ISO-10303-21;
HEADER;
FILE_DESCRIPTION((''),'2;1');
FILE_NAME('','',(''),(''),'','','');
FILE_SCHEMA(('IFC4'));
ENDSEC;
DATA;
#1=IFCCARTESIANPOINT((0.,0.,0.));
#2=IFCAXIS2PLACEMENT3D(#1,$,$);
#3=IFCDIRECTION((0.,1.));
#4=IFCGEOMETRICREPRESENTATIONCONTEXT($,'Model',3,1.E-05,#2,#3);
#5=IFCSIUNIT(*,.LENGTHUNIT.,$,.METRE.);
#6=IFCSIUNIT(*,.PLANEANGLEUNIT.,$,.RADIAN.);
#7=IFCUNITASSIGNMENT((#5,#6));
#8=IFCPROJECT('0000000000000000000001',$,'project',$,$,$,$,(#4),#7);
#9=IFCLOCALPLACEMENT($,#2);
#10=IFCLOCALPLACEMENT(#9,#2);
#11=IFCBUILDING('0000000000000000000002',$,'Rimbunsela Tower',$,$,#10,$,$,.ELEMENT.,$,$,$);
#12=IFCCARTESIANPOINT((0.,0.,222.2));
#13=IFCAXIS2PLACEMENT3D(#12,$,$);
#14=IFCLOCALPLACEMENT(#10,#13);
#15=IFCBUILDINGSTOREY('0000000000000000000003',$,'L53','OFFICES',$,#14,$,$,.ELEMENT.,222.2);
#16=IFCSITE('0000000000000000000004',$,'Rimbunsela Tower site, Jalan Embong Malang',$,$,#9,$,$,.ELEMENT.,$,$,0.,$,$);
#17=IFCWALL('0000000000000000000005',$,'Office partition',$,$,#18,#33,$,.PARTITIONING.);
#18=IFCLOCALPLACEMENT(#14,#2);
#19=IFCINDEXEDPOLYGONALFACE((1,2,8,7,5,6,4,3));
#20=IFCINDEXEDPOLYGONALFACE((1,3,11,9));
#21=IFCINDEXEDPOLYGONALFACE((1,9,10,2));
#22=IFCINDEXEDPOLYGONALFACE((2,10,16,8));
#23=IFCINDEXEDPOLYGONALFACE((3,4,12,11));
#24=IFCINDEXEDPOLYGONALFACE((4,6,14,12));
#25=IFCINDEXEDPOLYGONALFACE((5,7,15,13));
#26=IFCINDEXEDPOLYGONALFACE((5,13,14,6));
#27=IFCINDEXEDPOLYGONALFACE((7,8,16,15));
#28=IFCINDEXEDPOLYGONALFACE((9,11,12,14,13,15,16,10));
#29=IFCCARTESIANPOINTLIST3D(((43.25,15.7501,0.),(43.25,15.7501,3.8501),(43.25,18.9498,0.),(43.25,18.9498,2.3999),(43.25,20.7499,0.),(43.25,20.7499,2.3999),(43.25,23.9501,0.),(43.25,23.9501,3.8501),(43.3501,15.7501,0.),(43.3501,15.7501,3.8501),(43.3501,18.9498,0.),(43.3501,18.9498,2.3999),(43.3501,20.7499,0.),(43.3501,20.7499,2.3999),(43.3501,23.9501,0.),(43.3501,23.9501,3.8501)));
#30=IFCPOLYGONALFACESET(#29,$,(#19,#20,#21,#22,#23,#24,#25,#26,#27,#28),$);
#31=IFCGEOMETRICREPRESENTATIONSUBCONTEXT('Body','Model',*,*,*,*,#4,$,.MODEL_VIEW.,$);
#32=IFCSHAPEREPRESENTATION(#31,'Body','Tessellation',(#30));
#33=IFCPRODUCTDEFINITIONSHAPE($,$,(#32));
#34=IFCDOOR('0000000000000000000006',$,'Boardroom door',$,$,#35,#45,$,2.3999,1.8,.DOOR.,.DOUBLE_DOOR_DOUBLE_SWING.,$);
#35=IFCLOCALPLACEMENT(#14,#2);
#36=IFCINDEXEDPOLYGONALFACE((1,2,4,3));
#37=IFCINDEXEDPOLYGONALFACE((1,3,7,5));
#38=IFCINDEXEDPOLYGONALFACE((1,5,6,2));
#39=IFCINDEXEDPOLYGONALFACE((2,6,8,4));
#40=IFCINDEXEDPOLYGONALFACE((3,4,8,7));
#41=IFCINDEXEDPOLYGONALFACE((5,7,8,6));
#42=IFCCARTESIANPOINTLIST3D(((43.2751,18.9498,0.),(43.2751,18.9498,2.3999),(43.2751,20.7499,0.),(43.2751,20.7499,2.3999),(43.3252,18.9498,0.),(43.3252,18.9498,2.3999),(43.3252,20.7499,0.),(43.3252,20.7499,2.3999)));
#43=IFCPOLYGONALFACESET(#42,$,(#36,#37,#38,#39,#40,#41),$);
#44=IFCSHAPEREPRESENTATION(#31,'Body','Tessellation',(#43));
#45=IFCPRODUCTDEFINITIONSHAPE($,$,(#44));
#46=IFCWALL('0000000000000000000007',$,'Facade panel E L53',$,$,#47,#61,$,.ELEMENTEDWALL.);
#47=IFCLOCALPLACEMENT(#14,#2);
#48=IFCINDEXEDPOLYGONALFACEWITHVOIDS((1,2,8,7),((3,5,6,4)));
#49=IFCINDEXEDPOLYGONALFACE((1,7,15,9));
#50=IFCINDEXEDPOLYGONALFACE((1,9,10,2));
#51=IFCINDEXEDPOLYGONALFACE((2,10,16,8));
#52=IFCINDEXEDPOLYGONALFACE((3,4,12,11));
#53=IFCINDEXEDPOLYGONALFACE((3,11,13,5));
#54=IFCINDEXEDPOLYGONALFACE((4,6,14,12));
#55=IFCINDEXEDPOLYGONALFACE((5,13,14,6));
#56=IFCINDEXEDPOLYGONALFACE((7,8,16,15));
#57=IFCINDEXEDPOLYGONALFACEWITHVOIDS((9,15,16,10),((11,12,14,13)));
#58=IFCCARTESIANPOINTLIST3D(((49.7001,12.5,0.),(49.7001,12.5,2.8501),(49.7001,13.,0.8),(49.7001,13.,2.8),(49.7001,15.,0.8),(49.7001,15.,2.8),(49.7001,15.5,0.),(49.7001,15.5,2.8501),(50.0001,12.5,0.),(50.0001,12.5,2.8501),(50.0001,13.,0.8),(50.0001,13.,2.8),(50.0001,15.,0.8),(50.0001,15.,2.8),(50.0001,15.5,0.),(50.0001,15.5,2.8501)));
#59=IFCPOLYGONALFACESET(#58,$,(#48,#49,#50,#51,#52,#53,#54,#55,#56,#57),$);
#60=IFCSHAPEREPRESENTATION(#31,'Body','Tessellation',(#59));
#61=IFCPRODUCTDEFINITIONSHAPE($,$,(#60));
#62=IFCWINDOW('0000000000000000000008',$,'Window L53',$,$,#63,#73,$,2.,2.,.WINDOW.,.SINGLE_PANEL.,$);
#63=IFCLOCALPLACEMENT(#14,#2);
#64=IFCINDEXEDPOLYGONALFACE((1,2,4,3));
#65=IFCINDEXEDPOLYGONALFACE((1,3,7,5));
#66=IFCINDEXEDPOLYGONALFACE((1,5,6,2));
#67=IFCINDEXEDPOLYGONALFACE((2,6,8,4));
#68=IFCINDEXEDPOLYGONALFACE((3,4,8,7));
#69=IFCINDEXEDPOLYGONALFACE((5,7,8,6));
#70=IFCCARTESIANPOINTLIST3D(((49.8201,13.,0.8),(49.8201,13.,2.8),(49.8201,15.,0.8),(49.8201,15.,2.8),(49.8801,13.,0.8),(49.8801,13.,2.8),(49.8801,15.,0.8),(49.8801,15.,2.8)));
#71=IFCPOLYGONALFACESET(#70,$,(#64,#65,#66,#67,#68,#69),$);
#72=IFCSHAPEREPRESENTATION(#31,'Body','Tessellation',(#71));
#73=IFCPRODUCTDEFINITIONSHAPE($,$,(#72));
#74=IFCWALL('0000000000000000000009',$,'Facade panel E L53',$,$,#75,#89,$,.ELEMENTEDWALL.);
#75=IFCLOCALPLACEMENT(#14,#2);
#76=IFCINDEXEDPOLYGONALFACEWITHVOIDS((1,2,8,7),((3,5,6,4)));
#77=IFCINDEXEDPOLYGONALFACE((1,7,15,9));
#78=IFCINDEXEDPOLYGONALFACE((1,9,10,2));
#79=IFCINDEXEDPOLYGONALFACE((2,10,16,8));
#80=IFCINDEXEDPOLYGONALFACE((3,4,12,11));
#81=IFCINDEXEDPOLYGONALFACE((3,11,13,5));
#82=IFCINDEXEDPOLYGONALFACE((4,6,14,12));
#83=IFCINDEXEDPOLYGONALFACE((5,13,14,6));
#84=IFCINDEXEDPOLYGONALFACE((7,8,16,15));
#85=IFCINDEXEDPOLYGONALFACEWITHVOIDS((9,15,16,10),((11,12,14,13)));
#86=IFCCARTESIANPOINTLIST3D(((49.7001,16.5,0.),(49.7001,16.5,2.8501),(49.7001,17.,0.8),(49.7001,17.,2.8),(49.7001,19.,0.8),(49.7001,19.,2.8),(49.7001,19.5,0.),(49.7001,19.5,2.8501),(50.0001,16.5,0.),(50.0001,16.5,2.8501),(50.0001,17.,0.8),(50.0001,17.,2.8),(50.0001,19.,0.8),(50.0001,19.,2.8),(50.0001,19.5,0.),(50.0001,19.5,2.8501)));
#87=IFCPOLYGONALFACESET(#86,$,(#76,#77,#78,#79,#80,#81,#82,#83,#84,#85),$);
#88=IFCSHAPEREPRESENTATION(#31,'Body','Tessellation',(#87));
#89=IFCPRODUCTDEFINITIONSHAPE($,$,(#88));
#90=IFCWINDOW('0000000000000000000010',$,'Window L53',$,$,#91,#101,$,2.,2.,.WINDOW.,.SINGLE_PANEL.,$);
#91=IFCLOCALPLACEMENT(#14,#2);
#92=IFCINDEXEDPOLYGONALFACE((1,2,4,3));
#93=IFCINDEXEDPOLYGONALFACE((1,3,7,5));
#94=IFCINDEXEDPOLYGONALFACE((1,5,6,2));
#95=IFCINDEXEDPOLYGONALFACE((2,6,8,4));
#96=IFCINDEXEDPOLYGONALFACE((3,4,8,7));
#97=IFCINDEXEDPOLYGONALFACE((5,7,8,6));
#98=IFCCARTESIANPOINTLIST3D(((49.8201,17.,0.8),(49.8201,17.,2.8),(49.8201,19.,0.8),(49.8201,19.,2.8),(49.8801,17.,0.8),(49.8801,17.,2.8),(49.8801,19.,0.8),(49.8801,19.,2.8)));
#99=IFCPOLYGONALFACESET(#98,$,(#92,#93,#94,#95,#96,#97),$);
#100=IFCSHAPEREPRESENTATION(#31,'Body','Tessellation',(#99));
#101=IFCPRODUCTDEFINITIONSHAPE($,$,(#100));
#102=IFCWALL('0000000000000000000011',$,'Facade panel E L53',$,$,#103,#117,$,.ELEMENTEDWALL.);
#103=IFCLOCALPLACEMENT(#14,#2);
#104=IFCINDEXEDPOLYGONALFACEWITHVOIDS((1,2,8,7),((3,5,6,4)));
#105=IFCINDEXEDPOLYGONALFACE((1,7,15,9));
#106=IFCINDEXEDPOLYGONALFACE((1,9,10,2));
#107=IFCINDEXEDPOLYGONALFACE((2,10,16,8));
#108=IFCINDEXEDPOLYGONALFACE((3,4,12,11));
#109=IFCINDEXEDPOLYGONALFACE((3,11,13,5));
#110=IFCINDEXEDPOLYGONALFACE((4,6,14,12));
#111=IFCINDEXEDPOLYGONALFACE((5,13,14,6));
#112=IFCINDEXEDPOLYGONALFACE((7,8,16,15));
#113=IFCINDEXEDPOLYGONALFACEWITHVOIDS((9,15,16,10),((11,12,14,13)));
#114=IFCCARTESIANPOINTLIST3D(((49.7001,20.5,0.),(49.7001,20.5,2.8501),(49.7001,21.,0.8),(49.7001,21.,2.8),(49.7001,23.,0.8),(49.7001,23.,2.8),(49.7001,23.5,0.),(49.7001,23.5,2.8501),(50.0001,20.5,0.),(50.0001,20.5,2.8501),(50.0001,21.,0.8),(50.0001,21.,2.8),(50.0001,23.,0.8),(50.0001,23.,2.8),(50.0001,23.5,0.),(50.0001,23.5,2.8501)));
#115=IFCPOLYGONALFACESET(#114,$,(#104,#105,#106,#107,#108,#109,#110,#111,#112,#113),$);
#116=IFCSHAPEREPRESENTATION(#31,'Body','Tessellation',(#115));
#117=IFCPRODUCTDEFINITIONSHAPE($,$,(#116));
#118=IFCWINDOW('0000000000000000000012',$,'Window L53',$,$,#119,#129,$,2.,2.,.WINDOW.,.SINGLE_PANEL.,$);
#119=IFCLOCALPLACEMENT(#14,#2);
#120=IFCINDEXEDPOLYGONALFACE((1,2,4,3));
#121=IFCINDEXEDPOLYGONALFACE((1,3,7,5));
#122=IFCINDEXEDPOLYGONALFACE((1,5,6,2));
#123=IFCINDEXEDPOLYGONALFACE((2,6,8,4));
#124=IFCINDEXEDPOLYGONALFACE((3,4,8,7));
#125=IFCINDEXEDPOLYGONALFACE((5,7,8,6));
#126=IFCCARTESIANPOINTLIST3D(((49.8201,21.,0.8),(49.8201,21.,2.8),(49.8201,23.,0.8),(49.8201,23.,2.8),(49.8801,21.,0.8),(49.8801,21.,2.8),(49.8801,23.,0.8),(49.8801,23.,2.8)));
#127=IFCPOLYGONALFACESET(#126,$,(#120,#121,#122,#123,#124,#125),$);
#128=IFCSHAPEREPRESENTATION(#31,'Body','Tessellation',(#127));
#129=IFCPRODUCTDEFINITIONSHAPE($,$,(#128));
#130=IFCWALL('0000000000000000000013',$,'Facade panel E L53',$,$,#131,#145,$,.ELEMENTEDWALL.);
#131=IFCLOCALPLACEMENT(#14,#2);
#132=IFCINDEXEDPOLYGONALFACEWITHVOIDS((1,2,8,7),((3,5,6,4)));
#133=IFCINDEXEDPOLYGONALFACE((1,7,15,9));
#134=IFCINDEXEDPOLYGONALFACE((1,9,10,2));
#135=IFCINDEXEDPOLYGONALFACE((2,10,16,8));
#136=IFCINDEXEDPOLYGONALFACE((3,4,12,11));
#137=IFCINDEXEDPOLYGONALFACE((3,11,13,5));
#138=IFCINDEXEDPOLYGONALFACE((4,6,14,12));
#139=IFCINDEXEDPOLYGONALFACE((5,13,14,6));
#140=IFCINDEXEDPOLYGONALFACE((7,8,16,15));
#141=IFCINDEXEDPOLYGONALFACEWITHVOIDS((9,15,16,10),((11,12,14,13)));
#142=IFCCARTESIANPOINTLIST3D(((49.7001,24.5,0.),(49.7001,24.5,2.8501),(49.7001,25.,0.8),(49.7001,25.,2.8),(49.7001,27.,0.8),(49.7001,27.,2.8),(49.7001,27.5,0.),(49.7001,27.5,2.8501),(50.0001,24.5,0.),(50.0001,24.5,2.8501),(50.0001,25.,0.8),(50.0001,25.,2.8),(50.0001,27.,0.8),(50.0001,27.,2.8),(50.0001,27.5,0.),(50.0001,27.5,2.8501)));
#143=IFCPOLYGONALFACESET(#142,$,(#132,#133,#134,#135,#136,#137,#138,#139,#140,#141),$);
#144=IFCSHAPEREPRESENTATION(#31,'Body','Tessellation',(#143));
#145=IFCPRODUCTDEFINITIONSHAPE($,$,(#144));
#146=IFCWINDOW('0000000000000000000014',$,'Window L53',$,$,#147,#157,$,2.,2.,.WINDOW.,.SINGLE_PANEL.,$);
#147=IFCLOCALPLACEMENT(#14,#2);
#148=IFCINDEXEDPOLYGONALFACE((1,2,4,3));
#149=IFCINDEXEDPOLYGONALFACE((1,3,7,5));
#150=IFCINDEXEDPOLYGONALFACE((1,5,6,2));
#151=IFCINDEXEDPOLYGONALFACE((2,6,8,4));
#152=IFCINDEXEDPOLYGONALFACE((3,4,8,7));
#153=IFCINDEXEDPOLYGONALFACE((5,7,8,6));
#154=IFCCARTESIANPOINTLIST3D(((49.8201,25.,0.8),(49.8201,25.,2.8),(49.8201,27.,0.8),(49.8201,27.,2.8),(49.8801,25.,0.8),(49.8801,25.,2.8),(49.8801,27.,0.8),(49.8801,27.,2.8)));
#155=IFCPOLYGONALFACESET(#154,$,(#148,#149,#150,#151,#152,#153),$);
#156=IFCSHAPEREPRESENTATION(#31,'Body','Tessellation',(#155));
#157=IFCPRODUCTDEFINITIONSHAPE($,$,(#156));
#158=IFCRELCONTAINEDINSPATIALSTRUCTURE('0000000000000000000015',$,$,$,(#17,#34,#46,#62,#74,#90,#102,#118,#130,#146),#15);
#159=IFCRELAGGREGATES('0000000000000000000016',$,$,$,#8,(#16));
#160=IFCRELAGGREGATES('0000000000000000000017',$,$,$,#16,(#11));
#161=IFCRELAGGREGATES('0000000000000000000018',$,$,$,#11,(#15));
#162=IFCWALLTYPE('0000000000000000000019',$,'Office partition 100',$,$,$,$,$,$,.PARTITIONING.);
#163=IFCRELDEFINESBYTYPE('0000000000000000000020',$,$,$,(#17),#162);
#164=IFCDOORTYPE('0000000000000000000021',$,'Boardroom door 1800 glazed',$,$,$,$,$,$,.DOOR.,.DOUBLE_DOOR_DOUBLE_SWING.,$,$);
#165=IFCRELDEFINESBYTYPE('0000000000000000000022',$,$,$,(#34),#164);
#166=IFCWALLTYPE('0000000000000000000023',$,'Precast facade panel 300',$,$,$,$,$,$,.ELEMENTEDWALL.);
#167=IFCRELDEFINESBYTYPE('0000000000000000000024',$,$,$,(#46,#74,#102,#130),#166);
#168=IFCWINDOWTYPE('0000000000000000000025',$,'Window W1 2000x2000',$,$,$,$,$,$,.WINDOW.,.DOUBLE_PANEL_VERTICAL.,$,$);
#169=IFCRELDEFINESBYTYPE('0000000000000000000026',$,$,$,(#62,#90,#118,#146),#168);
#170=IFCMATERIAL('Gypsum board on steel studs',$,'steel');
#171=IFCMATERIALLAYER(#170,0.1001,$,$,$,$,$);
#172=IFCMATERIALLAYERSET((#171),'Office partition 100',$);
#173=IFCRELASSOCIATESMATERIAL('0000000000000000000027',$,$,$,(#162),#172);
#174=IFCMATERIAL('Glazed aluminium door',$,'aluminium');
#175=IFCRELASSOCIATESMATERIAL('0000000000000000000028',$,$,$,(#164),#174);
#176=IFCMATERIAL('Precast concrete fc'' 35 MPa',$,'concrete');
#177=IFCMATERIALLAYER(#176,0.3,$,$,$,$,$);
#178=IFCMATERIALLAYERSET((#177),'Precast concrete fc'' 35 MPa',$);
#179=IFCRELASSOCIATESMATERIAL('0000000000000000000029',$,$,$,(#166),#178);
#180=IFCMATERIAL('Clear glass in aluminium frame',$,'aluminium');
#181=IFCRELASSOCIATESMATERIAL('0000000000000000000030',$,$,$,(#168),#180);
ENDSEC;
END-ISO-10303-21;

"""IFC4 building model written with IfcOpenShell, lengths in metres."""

from ifc_helpers import new_model, si_unit, direction, frame, frame_2d, origin, place, context, subcontext, project, spatial, rectangle, extrude, material, layer, layer_set, type_object, element, fill, save


model = new_model("IFC4")

# Units and contexts
model_context = context("Model", 3, precision=1e-05, world=origin(), true_north=direction((0.0, 1.0)))
body_context = subcontext(model_context, "Body", "Model", "MODEL_VIEW")
ifc_project = project(units=[si_unit("LENGTHUNIT", "METRE"), si_unit("PLANEANGLEUNIT", "RADIAN")], contexts=[model_context])

# Site, building, storey
site_placement = place(None, origin())
site = spatial("IfcSite", under=ifc_project, at=site_placement, Name="Rimbunsela Tower site, Jalan Embong Malang", CompositionType="ELEMENT", RefElevation=0.0)
building_placement = place(site_placement, origin())
building = spatial("IfcBuilding", under=site, at=building_placement, Name="Rimbunsela Tower", CompositionType="ELEMENT")
storey_placement = place(building_placement, frame((0.0, 0.0, 222.2)))
storey = spatial("IfcBuildingStorey", under=building, at=storey_placement, Name="L53", Description="OFFICES", CompositionType="ELEMENT", Elevation=222.2)

# Shared definitions
ifc_material_1 = material(Name="Gypsum board on steel studs", Category="steel")
ifc_layer_1 = layer(ifc_material_1, 0.1001)
ifc_layer_set_1 = layer_set([ifc_layer_1], Name="Office partition 100")
wall_type_1 = type_object("IfcWallType", Name="Office partition 100", PredefinedType="PARTITIONING", material=ifc_layer_set_1)

# Wall, opening, door
wall_1_placement = place(storey_placement, frame((43.3, 15.75, 0.0), z_axis=(0.0, 0.0, 1.0), x_axis=(0.0, 1.0, 0.0)))
wall_1 = element("IfcWall", 1, at=wall_1_placement, inside=storey, type_object=wall_type_1, Name="Office partition", PredefinedType="PARTITIONING", context=body_context, shape_type="SweptSolid", body=[
    extrude(rectangle(XDim=8.2, YDim=0.1001, at=frame_2d((4.1001, 0.0))), origin(), (0.0, 0.0, 1.0), 3.8501),
])
opening_1_placement = place(wall_1_placement, frame((3.2, 0.0, 0.0)))
opening_1 = element("IfcOpeningElement", 2, at=opening_1_placement, cuts=wall_1, PredefinedType="OPENING", context=body_context, shape_type="SweptSolid", body=[
    extrude(rectangle(XDim=1.8, YDim=2.3999, at=frame_2d((0.8999, 1.2))), frame((0.0, 0.0601, 0.0), z_axis=(0.0, -1.0, 0.0), x_axis=(1.0, 0.0, 0.0)), (0.0, 0.0, 1.0), 0.1201),
])
ifc_material_2 = material(Name="Glazed aluminium door", Category="aluminium")
door_type_1 = type_object("IfcDoorType", Name="Boardroom door 1800 glazed", OperationType="DOUBLE_DOOR_DOUBLE_SWING", PredefinedType="DOOR", material=ifc_material_2)
door_1_placement = place(opening_1_placement, origin())
door_1 = element("IfcDoor", 3, at=door_1_placement, inside=storey, type_object=door_type_1, Name="Boardroom door", OperationType="DOUBLE_DOOR_DOUBLE_SWING", OverallHeight=2.3999, OverallWidth=1.8, PredefinedType="DOOR", context=body_context, shape_type="SweptSolid", body=[
    extrude(rectangle(XDim=1.8, YDim=2.3999, at=frame_2d((0.8999, 1.2))), frame((0.0, 0.0249, 0.0), z_axis=(0.0, -1.0, 0.0), x_axis=(1.0, 0.0, 0.0)), (0.0, 0.0, 1.0), 0.05),
])
fill(opening_1, door_1)

# Walls, openings, windows
ifc_material_3 = material(Name="Precast concrete fc' 35 MPa", Category="concrete")
ifc_layer_2 = layer(ifc_material_3, 0.3)
ifc_layer_set_2 = layer_set([ifc_layer_2], Name="Precast concrete fc' 35 MPa")
wall_type_2 = type_object("IfcWallType", Name="Precast facade panel 300", PredefinedType="ELEMENTEDWALL", material=ifc_layer_set_2)
wall_2_placement = place(storey_placement, frame((49.8501, 12.5, 0.0), z_axis=(0.0, 0.0, 1.0), x_axis=(0.0, 1.0, 0.0)))
wall_2 = element("IfcWall", 4, at=wall_2_placement, inside=storey, type_object=wall_type_2, Name="Facade panel E L53", PredefinedType="ELEMENTEDWALL", context=body_context, shape_type="SweptSolid", body=[
    extrude(rectangle(XDim=3.0, YDim=0.3, at=frame_2d((1.5, 0.0))), origin(), (0.0, 0.0, 1.0), 2.8501),
])
opening_2_placement = place(wall_2_placement, frame((0.5, 0.0, 0.8)))
opening_2 = element("IfcOpeningElement", 5, at=opening_2_placement, cuts=wall_2, PredefinedType="OPENING", context=body_context, shape_type="SweptSolid", body=[
    extrude(rectangle(XDim=2.0, YDim=2.0, at=frame_2d((1.0, 1.0))), frame((0.0, 0.1599, 0.0), z_axis=(0.0, -1.0, 0.0), x_axis=(1.0, 0.0, 0.0)), (0.0, 0.0, 1.0), 0.3201),
])
ifc_material_4 = material(Name="Clear glass in aluminium frame", Category="aluminium")
window_type = type_object("IfcWindowType", Name="Window W1 2000x2000", PartitioningType="DOUBLE_PANEL_VERTICAL", PredefinedType="WINDOW", material=ifc_material_4)
window_1_placement = place(opening_2_placement, origin())
window_1 = element("IfcWindow", 6, at=window_1_placement, inside=storey, type_object=window_type, Name="Window L53", OverallHeight=2.0, OverallWidth=2.0, PartitioningType="SINGLE_PANEL", PredefinedType="WINDOW", context=body_context, shape_type="SweptSolid", body=[
    extrude(rectangle(XDim=2.0, YDim=2.0, at=frame_2d((1.0, 1.0))), frame((0.0, 0.03, 0.0), z_axis=(0.0, -1.0, 0.0), x_axis=(1.0, 0.0, 0.0)), (0.0, 0.0, 1.0), 0.0601),
])
fill(opening_2, window_1)
wall_3_placement = place(storey_placement, frame((49.8501, 16.5, 0.0), z_axis=(0.0, 0.0, 1.0), x_axis=(0.0, 1.0, 0.0)))
wall_3 = element("IfcWall", 7, at=wall_3_placement, inside=storey, type_object=wall_type_2, Name="Facade panel E L53", PredefinedType="ELEMENTEDWALL", context=body_context, shape_type="SweptSolid", body=[
    extrude(rectangle(XDim=3.0, YDim=0.3, at=frame_2d((1.5, 0.0))), origin(), (0.0, 0.0, 1.0), 2.8501),
])
opening_3_placement = place(wall_3_placement, frame((0.5, 0.0, 0.8)))
opening_3 = element("IfcOpeningElement", 8, at=opening_3_placement, cuts=wall_3, PredefinedType="OPENING", context=body_context, shape_type="SweptSolid", body=[
    extrude(rectangle(XDim=2.0, YDim=2.0, at=frame_2d((1.0, 1.0))), frame((0.0, 0.1599, 0.0), z_axis=(0.0, -1.0, 0.0), x_axis=(1.0, 0.0, 0.0)), (0.0, 0.0, 1.0), 0.3201),
])
window_2_placement = place(opening_3_placement, origin())
window_2 = element("IfcWindow", 9, at=window_2_placement, inside=storey, type_object=window_type, Name="Window L53", OverallHeight=2.0, OverallWidth=2.0, PartitioningType="SINGLE_PANEL", PredefinedType="WINDOW", context=body_context, shape_type="SweptSolid", body=[
    extrude(rectangle(XDim=2.0, YDim=2.0, at=frame_2d((1.0, 1.0))), frame((0.0, 0.03, 0.0), z_axis=(0.0, -1.0, 0.0), x_axis=(1.0, 0.0, 0.0)), (0.0, 0.0, 1.0), 0.0601),
])
fill(opening_3, window_2)
wall_4_placement = place(storey_placement, frame((49.8501, 20.5, 0.0), z_axis=(0.0, 0.0, 1.0), x_axis=(0.0, 1.0, 0.0)))
wall_4 = element("IfcWall", 10, at=wall_4_placement, inside=storey, type_object=wall_type_2, Name="Facade panel E L53", PredefinedType="ELEMENTEDWALL", context=body_context, shape_type="SweptSolid", body=[
    extrude(rectangle(XDim=3.0, YDim=0.3, at=frame_2d((1.5, 0.0))), origin(), (0.0, 0.0, 1.0), 2.8501),
])
opening_4_placement = place(wall_4_placement, frame((0.5, 0.0, 0.8)))
opening_4 = element("IfcOpeningElement", 11, at=opening_4_placement, cuts=wall_4, PredefinedType="OPENING", context=body_context, shape_type="SweptSolid", body=[
    extrude(rectangle(XDim=2.0, YDim=2.0, at=frame_2d((1.0, 1.0))), frame((0.0, 0.1599, 0.0), z_axis=(0.0, -1.0, 0.0), x_axis=(1.0, 0.0, 0.0)), (0.0, 0.0, 1.0), 0.3201),
])
window_3_placement = place(opening_4_placement, origin())
window_3 = element("IfcWindow", 12, at=window_3_placement, inside=storey, type_object=window_type, Name="Window L53", OverallHeight=2.0, OverallWidth=2.0, PartitioningType="SINGLE_PANEL", PredefinedType="WINDOW", context=body_context, shape_type="SweptSolid", body=[
    extrude(rectangle(XDim=2.0, YDim=2.0, at=frame_2d((1.0, 1.0))), frame((0.0, 0.03, 0.0), z_axis=(0.0, -1.0, 0.0), x_axis=(1.0, 0.0, 0.0)), (0.0, 0.0, 1.0), 0.0601),
])
fill(opening_4, window_3)
wall_5_placement = place(storey_placement, frame((49.8501, 24.5, 0.0), z_axis=(0.0, 0.0, 1.0), x_axis=(0.0, 1.0, 0.0)))
wall_5 = element("IfcWall", 13, at=wall_5_placement, inside=storey, type_object=wall_type_2, Name="Facade panel E L53", PredefinedType="ELEMENTEDWALL", context=body_context, shape_type="SweptSolid", body=[
    extrude(rectangle(XDim=3.0, YDim=0.3, at=frame_2d((1.5, 0.0))), origin(), (0.0, 0.0, 1.0), 2.8501),
])
opening_5_placement = place(wall_5_placement, frame((0.5, 0.0, 0.8)))
opening_5 = element("IfcOpeningElement", 14, at=opening_5_placement, cuts=wall_5, PredefinedType="OPENING", context=body_context, shape_type="SweptSolid", body=[
    extrude(rectangle(XDim=2.0, YDim=2.0, at=frame_2d((1.0, 1.0))), frame((0.0, 0.1599, 0.0), z_axis=(0.0, -1.0, 0.0), x_axis=(1.0, 0.0, 0.0)), (0.0, 0.0, 1.0), 0.3201),
])
window_4_placement = place(opening_5_placement, origin())
window_4 = element("IfcWindow", 15, at=window_4_placement, inside=storey, type_object=window_type, Name="Window L53", OverallHeight=2.0, OverallWidth=2.0, PartitioningType="SINGLE_PANEL", PredefinedType="WINDOW", context=body_context, shape_type="SweptSolid", body=[
    extrude(rectangle(XDim=2.0, YDim=2.0, at=frame_2d((1.0, 1.0))), frame((0.0, 0.03, 0.0), z_axis=(0.0, -1.0, 0.0), x_axis=(1.0, 0.0, 0.0)), (0.0, 0.0, 1.0), 0.0601),
])
fill(opening_5, window_4)

save(model, "model.ifc")
